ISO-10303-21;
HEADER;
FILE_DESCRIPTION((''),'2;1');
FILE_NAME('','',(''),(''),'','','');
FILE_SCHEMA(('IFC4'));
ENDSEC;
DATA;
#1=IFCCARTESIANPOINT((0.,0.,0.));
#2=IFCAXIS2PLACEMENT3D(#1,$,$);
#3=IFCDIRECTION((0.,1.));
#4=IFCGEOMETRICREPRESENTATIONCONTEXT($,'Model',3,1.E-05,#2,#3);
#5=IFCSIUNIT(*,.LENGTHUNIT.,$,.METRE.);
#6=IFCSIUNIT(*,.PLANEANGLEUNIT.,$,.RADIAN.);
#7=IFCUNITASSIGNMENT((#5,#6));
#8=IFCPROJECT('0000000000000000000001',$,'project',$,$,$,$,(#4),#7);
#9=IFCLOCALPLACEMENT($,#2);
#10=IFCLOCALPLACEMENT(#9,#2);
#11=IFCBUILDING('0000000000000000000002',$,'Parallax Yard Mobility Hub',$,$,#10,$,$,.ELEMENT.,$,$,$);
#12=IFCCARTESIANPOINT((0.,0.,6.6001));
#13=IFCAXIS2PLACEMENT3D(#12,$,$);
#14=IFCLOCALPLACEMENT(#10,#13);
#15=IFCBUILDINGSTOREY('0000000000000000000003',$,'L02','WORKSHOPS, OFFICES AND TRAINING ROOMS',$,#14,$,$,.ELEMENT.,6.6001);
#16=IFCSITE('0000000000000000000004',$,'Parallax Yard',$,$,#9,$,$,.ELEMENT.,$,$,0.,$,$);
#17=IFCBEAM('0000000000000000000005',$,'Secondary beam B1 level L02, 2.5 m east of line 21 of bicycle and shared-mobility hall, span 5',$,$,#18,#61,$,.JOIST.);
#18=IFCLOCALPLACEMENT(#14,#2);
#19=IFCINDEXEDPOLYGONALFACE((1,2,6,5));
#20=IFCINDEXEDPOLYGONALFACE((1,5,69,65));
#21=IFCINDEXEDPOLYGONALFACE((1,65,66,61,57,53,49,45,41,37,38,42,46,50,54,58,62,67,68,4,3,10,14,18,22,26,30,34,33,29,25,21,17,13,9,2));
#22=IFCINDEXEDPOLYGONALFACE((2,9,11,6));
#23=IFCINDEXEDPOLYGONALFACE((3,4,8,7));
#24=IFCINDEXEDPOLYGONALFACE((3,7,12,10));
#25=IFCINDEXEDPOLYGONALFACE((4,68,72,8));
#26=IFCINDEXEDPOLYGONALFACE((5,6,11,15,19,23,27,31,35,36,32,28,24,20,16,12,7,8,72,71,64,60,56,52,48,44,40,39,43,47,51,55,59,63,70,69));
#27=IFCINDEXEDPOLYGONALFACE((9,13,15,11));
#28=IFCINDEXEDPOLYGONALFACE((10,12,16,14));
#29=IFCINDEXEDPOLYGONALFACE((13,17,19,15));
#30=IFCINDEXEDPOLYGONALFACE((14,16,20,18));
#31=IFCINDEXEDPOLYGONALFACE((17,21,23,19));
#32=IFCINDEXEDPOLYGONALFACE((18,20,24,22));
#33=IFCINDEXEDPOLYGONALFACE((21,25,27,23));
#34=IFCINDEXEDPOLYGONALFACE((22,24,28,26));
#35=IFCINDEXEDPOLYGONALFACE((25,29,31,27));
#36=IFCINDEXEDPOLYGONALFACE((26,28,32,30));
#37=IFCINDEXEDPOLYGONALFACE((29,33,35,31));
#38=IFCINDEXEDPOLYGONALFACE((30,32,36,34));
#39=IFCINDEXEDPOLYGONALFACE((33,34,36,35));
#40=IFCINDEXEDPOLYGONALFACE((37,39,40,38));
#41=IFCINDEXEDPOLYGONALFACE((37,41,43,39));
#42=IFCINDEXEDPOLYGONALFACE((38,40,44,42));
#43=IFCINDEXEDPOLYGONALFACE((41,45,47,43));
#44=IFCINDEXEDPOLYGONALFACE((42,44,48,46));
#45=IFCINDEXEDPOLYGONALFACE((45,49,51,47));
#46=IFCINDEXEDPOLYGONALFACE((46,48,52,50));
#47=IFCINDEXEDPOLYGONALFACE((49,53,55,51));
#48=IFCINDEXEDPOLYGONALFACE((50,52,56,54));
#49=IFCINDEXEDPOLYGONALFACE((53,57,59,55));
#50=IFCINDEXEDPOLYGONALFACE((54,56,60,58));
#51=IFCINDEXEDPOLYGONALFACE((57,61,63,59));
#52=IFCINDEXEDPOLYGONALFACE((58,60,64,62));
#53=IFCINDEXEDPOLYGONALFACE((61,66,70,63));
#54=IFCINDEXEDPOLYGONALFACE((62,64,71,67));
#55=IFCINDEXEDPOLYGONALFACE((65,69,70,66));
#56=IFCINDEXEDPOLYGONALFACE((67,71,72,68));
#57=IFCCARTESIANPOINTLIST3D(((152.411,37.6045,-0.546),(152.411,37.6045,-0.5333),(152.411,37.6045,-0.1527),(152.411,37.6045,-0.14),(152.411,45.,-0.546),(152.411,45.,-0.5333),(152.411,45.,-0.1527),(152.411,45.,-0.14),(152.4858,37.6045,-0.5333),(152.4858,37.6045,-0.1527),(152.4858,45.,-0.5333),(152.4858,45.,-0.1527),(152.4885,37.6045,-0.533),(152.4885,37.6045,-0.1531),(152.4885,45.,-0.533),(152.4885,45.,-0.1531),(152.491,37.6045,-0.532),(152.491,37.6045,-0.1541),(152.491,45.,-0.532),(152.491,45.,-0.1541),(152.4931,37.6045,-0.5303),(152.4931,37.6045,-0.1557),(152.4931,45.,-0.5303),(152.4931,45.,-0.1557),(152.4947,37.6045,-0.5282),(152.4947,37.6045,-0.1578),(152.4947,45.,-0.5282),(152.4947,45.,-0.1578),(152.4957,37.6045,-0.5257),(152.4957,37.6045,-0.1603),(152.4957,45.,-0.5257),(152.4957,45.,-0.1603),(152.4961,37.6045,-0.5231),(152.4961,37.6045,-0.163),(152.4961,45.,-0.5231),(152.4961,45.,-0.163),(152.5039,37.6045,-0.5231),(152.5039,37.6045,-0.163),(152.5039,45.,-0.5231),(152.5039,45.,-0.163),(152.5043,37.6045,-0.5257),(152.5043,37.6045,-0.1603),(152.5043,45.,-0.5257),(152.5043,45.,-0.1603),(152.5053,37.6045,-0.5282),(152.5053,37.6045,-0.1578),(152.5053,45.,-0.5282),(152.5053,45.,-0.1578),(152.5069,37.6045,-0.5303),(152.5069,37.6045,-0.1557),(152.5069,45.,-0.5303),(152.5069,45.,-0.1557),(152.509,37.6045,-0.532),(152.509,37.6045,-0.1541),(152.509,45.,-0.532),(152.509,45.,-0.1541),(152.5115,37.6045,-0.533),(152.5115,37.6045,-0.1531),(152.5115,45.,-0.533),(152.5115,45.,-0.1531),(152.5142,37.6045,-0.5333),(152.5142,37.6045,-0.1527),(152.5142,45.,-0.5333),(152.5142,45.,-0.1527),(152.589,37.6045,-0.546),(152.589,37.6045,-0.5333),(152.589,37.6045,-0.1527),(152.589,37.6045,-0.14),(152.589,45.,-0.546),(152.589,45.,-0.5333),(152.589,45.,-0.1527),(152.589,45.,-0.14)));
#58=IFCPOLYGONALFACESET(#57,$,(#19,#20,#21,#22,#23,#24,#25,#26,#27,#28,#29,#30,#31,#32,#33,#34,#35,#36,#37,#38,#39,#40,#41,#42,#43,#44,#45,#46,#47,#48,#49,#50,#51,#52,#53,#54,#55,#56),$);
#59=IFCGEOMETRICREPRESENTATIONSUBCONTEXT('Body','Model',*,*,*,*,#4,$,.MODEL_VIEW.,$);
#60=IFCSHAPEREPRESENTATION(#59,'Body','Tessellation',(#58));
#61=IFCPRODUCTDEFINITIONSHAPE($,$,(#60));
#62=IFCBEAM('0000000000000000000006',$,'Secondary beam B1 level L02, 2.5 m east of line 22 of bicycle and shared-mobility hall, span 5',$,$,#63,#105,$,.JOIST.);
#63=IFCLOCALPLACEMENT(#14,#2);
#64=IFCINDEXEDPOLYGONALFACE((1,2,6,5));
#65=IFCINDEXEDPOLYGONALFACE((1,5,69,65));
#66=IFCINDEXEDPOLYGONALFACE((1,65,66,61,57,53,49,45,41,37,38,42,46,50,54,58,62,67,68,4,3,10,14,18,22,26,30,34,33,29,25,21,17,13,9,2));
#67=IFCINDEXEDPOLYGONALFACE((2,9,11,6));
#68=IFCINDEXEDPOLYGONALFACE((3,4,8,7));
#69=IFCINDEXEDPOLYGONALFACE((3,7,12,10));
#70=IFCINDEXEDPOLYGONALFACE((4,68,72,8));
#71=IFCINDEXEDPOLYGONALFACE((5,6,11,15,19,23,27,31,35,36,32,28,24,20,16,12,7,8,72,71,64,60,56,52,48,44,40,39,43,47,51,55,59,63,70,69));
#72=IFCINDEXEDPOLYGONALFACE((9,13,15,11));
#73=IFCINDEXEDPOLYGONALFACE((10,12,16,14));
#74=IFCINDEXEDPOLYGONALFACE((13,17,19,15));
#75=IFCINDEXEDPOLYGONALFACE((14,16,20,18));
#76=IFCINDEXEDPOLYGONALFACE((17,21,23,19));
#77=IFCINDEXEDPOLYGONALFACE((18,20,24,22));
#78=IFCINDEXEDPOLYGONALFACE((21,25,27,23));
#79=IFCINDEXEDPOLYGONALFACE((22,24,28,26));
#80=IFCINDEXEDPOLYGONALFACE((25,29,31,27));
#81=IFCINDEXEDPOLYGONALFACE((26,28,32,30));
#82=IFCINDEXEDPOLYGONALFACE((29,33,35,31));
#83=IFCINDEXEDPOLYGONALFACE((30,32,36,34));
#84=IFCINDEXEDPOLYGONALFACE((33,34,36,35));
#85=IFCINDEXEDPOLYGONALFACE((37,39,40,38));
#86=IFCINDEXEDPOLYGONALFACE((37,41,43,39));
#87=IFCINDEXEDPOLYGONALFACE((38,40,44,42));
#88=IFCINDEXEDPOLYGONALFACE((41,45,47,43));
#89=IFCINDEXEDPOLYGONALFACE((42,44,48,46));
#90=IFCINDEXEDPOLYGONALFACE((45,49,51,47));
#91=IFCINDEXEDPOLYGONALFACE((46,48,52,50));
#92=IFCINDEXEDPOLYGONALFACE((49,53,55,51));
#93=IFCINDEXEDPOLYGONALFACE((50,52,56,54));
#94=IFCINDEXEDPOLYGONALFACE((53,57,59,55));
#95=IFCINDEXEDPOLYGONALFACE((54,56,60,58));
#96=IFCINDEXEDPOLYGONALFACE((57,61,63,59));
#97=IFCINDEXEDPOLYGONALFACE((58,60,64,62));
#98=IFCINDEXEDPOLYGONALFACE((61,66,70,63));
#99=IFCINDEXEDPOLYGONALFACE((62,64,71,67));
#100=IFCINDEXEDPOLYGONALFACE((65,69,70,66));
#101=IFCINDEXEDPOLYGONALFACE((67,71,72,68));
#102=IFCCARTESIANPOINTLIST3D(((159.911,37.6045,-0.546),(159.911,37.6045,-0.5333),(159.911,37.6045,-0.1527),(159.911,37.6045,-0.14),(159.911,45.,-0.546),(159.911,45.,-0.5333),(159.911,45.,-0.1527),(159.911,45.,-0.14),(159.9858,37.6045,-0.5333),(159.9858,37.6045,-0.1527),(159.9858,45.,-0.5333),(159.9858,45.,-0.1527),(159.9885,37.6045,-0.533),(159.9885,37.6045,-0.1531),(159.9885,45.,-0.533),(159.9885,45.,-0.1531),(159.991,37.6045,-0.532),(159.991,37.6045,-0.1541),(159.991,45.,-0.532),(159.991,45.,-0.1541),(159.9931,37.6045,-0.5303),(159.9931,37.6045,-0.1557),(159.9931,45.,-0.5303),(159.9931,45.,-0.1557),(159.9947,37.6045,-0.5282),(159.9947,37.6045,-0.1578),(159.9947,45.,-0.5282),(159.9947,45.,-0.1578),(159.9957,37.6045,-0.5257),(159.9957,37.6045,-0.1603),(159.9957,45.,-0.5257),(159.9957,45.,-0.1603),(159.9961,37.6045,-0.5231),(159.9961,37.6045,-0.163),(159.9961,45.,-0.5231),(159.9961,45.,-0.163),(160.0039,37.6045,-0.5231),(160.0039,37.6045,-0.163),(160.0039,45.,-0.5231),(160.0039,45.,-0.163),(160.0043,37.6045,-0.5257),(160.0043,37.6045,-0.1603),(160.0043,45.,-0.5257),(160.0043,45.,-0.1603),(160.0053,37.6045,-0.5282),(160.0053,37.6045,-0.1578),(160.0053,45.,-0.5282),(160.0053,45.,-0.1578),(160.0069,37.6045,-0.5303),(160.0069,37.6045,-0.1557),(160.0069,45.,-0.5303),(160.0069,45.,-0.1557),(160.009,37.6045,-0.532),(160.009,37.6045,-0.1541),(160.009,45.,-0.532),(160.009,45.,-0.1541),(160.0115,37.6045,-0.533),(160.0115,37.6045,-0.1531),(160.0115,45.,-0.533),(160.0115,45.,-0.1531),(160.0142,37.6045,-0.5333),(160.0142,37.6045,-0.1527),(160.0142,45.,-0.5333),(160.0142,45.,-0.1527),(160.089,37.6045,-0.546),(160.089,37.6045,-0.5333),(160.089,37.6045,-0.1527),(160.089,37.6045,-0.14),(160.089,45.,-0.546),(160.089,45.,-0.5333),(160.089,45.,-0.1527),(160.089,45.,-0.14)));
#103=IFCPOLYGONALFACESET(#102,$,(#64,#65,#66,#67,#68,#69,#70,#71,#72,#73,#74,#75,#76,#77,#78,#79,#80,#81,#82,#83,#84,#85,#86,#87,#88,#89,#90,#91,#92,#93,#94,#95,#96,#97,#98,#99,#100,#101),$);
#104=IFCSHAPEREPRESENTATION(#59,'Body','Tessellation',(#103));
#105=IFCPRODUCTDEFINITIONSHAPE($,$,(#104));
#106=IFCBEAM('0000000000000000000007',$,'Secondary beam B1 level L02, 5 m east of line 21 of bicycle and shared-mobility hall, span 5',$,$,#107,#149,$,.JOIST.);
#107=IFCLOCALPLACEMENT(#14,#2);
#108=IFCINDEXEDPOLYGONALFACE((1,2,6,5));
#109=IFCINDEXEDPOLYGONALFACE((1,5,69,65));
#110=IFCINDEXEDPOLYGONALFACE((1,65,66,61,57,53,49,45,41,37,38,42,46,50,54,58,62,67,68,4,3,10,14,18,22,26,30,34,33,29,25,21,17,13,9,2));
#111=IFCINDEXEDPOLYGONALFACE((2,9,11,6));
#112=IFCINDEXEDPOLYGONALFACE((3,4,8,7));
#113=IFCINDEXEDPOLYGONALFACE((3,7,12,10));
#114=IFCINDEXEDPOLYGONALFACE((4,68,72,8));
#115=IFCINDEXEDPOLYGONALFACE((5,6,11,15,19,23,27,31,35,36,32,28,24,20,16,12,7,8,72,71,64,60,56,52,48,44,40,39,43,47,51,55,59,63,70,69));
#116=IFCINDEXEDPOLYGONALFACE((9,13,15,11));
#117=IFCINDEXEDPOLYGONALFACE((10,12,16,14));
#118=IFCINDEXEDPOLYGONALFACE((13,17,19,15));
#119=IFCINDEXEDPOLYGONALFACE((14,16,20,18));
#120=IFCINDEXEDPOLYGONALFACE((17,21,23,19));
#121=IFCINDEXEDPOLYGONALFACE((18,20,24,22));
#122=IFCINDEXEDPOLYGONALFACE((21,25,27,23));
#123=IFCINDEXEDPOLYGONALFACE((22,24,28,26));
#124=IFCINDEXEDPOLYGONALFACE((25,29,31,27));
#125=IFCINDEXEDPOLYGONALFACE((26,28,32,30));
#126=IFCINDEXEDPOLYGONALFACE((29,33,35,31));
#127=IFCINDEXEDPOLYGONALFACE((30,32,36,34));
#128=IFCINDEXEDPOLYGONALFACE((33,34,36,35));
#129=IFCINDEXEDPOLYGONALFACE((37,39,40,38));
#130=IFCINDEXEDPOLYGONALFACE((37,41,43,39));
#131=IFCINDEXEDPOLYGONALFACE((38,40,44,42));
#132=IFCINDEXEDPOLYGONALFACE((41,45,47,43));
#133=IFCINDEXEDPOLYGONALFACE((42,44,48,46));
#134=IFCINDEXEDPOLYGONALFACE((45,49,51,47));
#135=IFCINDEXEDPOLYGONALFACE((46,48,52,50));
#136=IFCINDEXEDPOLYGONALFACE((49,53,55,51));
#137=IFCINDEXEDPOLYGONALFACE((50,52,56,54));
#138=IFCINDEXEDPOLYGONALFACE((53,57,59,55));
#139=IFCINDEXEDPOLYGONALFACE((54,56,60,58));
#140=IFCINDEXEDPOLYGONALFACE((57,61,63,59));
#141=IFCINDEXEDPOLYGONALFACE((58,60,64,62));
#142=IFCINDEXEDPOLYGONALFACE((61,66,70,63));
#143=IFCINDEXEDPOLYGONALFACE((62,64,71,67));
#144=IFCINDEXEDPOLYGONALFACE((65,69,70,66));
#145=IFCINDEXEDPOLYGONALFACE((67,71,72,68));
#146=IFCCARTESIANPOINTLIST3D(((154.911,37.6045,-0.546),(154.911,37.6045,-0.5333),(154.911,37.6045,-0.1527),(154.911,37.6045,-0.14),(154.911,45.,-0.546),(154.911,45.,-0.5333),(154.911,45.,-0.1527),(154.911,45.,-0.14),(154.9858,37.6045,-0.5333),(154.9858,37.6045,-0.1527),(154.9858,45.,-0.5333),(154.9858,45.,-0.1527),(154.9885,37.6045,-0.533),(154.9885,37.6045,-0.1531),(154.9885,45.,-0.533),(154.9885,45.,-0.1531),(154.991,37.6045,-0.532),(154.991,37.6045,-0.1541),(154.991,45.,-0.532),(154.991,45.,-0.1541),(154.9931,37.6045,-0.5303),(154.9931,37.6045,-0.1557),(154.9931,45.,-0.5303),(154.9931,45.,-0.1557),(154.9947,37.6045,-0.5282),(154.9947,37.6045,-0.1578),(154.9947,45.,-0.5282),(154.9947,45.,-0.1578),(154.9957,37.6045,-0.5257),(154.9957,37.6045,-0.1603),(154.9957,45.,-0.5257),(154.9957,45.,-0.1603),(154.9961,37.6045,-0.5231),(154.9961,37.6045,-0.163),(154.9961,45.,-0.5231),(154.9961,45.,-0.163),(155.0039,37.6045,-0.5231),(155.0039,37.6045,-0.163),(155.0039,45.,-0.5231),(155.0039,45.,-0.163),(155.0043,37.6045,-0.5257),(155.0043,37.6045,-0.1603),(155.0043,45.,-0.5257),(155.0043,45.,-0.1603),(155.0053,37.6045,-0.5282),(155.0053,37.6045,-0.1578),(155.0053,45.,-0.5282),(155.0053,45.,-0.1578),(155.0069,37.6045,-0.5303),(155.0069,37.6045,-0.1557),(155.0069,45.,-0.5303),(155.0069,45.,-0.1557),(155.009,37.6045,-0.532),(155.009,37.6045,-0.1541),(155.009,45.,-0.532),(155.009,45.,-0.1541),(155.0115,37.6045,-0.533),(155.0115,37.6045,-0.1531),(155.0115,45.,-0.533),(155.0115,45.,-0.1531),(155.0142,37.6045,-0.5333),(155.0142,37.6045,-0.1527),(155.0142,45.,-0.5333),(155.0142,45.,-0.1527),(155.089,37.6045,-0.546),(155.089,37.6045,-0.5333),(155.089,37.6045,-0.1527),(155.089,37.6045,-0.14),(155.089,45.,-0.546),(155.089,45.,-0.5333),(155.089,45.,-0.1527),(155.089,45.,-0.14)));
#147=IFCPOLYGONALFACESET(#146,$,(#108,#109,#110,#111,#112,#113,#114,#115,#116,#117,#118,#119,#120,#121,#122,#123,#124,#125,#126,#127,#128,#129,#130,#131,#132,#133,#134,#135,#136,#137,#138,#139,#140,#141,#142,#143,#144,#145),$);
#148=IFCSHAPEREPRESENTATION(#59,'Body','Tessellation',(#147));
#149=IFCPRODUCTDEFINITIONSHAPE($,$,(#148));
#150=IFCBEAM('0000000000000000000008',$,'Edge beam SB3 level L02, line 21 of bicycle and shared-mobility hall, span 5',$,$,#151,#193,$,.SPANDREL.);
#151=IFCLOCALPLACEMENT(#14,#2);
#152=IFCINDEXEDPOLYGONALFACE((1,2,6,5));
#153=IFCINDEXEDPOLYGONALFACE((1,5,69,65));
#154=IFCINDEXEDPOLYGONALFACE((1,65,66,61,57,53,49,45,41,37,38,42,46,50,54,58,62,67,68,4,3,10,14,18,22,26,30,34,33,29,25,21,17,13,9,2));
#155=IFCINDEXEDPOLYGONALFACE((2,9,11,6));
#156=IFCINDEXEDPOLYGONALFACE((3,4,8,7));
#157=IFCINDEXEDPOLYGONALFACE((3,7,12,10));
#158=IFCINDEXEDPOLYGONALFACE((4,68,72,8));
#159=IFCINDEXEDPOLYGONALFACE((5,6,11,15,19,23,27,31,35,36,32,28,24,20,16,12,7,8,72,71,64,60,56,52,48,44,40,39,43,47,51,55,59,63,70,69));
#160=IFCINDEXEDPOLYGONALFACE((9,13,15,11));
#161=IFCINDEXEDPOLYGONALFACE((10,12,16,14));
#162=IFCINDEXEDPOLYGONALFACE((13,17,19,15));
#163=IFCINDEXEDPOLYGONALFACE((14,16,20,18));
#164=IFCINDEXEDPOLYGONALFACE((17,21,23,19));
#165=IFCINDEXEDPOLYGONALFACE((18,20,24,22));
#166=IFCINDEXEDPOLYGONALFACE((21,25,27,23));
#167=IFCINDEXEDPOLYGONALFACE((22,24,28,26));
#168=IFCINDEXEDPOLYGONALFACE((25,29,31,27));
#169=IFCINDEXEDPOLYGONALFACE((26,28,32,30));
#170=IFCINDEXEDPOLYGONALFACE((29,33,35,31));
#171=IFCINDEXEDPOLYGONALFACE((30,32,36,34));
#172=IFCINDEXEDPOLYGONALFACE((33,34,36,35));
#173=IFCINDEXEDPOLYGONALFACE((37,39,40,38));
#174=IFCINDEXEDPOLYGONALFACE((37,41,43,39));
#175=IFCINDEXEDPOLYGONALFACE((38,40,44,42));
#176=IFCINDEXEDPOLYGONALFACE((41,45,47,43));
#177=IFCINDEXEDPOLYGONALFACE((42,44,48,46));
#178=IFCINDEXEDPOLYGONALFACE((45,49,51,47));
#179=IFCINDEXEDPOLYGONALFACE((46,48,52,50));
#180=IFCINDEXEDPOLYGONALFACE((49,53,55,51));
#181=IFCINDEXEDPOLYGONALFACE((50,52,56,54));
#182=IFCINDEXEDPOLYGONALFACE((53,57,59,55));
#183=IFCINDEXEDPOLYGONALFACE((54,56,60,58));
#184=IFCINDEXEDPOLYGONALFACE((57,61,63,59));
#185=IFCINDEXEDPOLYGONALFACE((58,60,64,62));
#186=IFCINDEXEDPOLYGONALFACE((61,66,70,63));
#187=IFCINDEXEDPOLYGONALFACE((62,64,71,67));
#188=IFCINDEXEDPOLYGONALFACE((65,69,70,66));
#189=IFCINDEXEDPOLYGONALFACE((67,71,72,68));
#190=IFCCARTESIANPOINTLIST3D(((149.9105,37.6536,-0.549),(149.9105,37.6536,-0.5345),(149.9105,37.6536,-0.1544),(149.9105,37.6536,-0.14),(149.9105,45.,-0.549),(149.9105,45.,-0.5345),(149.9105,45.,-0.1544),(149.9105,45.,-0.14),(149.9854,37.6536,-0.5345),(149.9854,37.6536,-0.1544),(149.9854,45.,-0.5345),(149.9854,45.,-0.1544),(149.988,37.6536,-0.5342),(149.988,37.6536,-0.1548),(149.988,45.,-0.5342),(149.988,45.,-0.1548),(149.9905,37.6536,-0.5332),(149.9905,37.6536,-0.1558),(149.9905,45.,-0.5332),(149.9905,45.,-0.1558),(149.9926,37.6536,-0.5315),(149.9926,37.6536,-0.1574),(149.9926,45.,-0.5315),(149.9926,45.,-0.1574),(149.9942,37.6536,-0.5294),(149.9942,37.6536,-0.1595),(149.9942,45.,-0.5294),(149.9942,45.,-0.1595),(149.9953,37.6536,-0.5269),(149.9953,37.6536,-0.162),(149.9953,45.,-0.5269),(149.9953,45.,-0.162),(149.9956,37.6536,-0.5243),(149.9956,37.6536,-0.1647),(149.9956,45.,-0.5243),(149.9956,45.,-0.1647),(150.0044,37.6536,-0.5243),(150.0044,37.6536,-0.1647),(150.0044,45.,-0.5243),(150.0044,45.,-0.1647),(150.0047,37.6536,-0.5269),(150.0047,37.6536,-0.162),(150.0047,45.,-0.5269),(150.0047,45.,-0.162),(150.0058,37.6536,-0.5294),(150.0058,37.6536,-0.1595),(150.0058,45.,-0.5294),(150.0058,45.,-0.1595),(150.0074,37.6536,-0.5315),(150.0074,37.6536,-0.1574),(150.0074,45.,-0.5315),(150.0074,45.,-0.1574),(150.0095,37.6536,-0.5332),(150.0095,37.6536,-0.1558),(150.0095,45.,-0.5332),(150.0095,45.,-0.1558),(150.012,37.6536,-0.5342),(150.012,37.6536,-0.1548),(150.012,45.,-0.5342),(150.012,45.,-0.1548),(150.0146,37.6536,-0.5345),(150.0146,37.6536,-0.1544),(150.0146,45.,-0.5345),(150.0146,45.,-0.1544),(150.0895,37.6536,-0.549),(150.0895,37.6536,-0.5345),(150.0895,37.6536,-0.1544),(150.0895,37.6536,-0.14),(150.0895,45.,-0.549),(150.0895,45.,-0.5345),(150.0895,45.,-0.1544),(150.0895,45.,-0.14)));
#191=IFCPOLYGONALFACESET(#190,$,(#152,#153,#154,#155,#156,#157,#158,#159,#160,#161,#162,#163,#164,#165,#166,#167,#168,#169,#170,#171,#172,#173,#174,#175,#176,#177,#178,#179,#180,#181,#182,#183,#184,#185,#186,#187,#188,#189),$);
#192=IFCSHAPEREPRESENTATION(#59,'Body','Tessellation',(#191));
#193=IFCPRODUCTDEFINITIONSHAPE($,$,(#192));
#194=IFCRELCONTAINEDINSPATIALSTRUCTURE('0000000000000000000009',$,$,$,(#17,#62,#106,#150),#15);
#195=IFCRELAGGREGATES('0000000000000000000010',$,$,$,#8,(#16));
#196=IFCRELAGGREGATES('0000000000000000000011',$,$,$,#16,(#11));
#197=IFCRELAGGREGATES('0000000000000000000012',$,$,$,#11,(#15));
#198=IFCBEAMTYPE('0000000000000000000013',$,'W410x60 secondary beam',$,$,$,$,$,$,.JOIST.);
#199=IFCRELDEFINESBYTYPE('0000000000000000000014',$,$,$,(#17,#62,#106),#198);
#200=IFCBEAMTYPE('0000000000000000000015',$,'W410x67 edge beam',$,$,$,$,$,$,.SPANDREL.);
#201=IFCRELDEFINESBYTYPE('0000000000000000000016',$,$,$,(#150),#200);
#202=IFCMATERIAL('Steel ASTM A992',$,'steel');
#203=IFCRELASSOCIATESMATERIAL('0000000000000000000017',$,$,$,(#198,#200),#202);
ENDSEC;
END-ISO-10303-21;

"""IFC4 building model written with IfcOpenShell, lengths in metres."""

from ifc_helpers import new_model, si_unit, direction, frame, origin, origin_2d, place, context, subcontext, project, spatial, i_section, extrude, material, material_profile, profile_set, type_object, element, save


model = new_model("IFC4")

# Units and contexts
model_context = context("Model", 3, precision=1e-05, world=origin(), true_north=direction((0.0, 1.0)))
body_context = subcontext(model_context, "Body", "Model", "MODEL_VIEW")
ifc_project = project(units=[si_unit("LENGTHUNIT", "METRE"), si_unit("PLANEANGLEUNIT", "RADIAN")], contexts=[model_context])

# Site, building, storey
site_placement = place(None, origin())
site = spatial("IfcSite", under=ifc_project, at=site_placement, Name="Parallax Yard", CompositionType="ELEMENT", RefElevation=0.0)
building_placement = place(site_placement, origin())
building = spatial("IfcBuilding", under=site, at=building_placement, Name="Parallax Yard Mobility Hub", CompositionType="ELEMENT")
storey_placement = place(building_placement, frame((0.0, 0.0, 6.6001)))
storey = spatial("IfcBuildingStorey", under=building, at=storey_placement, Name="L02", Description="WORKSHOPS, OFFICES AND TRAINING ROOMS", CompositionType="ELEMENT", Elevation=6.6001)

# Beams
ifc_material_1 = material(Name="Steel ASTM A992", Category="steel")
ifc_material_profile_1 = material_profile(ifc_material_1, i_section(OverallWidth=0.178, OverallDepth=0.406, WebThickness=0.0078, FlangeThickness=0.0127, FilletRadius=0.0103, at=origin_2d()), Name="W410x60")
ifc_profile_set_1 = profile_set([ifc_material_profile_1], Name="Steel ASTM A992")
beam_type_1 = type_object("IfcBeamType", Name="W410x60 secondary beam", PredefinedType="JOIST", material=ifc_profile_set_1)
for number, where, z_axis, x_axis, name in (
    (1, (152.5, 37.6045, -0.343), (0.0, 1.0, 0.0), (-1.0, 0.0, 0.0), "Secondary beam B1 level L02, 2.5 m east of line 21 of bicycle and shared-mobility hall, span 5"),
    (2, (160.0, 37.6045, -0.343), (0.0, 1.0, 0.0), (-1.0, 0.0, 0.0), "Secondary beam B1 level L02, 2.5 m east of line 22 of bicycle and shared-mobility hall, span 5"),
    (3, (155.0, 37.6045, -0.343), (0.0, 1.0, 0.0), (-1.0, 0.0, 0.0), "Secondary beam B1 level L02, 5 m east of line 21 of bicycle and shared-mobility hall, span 5"),
):
    element("IfcBeam", number, at=place(storey_placement, frame(where, z_axis=z_axis, x_axis=x_axis)), inside=storey, type_object=beam_type_1, Name=name, PredefinedType="JOIST", context=body_context, shape_type="SweptSolid", body=[
        extrude(i_section(OverallWidth=0.178, OverallDepth=0.406, WebThickness=0.0078, FlangeThickness=0.0127, FilletRadius=0.0103, at=origin_2d()), origin(), (0.0, 0.0, 1.0), 7.3955),
    ])
ifc_material_profile_2 = material_profile(ifc_material_1, i_section(OverallWidth=0.179, OverallDepth=0.4089, WebThickness=0.0088, FlangeThickness=0.0144, FilletRadius=0.0103, at=origin_2d()), Name="W410x67")
ifc_profile_set_2 = profile_set([ifc_material_profile_2], Name="Steel ASTM A992")
beam_type_2 = type_object("IfcBeamType", Name="W410x67 edge beam", PredefinedType="SPANDREL", material=ifc_profile_set_2)
beam_1_placement = place(storey_placement, frame((150.0, 37.6536, -0.3445), z_axis=(0.0, 1.0, 0.0), x_axis=(-1.0, 0.0, 0.0)))
element("IfcBeam", 4, at=beam_1_placement, inside=storey, type_object=beam_type_2, Name="Edge beam SB3 level L02, line 21 of bicycle and shared-mobility hall, span 5", PredefinedType="SPANDREL", context=body_context, shape_type="SweptSolid", body=[
    extrude(i_section(OverallWidth=0.179, OverallDepth=0.4089, WebThickness=0.0088, FlangeThickness=0.0144, FilletRadius=0.0103, at=origin_2d()), origin(), (0.0, 0.0, 1.0), 7.3464),
])

save(model, "model.ifc")
